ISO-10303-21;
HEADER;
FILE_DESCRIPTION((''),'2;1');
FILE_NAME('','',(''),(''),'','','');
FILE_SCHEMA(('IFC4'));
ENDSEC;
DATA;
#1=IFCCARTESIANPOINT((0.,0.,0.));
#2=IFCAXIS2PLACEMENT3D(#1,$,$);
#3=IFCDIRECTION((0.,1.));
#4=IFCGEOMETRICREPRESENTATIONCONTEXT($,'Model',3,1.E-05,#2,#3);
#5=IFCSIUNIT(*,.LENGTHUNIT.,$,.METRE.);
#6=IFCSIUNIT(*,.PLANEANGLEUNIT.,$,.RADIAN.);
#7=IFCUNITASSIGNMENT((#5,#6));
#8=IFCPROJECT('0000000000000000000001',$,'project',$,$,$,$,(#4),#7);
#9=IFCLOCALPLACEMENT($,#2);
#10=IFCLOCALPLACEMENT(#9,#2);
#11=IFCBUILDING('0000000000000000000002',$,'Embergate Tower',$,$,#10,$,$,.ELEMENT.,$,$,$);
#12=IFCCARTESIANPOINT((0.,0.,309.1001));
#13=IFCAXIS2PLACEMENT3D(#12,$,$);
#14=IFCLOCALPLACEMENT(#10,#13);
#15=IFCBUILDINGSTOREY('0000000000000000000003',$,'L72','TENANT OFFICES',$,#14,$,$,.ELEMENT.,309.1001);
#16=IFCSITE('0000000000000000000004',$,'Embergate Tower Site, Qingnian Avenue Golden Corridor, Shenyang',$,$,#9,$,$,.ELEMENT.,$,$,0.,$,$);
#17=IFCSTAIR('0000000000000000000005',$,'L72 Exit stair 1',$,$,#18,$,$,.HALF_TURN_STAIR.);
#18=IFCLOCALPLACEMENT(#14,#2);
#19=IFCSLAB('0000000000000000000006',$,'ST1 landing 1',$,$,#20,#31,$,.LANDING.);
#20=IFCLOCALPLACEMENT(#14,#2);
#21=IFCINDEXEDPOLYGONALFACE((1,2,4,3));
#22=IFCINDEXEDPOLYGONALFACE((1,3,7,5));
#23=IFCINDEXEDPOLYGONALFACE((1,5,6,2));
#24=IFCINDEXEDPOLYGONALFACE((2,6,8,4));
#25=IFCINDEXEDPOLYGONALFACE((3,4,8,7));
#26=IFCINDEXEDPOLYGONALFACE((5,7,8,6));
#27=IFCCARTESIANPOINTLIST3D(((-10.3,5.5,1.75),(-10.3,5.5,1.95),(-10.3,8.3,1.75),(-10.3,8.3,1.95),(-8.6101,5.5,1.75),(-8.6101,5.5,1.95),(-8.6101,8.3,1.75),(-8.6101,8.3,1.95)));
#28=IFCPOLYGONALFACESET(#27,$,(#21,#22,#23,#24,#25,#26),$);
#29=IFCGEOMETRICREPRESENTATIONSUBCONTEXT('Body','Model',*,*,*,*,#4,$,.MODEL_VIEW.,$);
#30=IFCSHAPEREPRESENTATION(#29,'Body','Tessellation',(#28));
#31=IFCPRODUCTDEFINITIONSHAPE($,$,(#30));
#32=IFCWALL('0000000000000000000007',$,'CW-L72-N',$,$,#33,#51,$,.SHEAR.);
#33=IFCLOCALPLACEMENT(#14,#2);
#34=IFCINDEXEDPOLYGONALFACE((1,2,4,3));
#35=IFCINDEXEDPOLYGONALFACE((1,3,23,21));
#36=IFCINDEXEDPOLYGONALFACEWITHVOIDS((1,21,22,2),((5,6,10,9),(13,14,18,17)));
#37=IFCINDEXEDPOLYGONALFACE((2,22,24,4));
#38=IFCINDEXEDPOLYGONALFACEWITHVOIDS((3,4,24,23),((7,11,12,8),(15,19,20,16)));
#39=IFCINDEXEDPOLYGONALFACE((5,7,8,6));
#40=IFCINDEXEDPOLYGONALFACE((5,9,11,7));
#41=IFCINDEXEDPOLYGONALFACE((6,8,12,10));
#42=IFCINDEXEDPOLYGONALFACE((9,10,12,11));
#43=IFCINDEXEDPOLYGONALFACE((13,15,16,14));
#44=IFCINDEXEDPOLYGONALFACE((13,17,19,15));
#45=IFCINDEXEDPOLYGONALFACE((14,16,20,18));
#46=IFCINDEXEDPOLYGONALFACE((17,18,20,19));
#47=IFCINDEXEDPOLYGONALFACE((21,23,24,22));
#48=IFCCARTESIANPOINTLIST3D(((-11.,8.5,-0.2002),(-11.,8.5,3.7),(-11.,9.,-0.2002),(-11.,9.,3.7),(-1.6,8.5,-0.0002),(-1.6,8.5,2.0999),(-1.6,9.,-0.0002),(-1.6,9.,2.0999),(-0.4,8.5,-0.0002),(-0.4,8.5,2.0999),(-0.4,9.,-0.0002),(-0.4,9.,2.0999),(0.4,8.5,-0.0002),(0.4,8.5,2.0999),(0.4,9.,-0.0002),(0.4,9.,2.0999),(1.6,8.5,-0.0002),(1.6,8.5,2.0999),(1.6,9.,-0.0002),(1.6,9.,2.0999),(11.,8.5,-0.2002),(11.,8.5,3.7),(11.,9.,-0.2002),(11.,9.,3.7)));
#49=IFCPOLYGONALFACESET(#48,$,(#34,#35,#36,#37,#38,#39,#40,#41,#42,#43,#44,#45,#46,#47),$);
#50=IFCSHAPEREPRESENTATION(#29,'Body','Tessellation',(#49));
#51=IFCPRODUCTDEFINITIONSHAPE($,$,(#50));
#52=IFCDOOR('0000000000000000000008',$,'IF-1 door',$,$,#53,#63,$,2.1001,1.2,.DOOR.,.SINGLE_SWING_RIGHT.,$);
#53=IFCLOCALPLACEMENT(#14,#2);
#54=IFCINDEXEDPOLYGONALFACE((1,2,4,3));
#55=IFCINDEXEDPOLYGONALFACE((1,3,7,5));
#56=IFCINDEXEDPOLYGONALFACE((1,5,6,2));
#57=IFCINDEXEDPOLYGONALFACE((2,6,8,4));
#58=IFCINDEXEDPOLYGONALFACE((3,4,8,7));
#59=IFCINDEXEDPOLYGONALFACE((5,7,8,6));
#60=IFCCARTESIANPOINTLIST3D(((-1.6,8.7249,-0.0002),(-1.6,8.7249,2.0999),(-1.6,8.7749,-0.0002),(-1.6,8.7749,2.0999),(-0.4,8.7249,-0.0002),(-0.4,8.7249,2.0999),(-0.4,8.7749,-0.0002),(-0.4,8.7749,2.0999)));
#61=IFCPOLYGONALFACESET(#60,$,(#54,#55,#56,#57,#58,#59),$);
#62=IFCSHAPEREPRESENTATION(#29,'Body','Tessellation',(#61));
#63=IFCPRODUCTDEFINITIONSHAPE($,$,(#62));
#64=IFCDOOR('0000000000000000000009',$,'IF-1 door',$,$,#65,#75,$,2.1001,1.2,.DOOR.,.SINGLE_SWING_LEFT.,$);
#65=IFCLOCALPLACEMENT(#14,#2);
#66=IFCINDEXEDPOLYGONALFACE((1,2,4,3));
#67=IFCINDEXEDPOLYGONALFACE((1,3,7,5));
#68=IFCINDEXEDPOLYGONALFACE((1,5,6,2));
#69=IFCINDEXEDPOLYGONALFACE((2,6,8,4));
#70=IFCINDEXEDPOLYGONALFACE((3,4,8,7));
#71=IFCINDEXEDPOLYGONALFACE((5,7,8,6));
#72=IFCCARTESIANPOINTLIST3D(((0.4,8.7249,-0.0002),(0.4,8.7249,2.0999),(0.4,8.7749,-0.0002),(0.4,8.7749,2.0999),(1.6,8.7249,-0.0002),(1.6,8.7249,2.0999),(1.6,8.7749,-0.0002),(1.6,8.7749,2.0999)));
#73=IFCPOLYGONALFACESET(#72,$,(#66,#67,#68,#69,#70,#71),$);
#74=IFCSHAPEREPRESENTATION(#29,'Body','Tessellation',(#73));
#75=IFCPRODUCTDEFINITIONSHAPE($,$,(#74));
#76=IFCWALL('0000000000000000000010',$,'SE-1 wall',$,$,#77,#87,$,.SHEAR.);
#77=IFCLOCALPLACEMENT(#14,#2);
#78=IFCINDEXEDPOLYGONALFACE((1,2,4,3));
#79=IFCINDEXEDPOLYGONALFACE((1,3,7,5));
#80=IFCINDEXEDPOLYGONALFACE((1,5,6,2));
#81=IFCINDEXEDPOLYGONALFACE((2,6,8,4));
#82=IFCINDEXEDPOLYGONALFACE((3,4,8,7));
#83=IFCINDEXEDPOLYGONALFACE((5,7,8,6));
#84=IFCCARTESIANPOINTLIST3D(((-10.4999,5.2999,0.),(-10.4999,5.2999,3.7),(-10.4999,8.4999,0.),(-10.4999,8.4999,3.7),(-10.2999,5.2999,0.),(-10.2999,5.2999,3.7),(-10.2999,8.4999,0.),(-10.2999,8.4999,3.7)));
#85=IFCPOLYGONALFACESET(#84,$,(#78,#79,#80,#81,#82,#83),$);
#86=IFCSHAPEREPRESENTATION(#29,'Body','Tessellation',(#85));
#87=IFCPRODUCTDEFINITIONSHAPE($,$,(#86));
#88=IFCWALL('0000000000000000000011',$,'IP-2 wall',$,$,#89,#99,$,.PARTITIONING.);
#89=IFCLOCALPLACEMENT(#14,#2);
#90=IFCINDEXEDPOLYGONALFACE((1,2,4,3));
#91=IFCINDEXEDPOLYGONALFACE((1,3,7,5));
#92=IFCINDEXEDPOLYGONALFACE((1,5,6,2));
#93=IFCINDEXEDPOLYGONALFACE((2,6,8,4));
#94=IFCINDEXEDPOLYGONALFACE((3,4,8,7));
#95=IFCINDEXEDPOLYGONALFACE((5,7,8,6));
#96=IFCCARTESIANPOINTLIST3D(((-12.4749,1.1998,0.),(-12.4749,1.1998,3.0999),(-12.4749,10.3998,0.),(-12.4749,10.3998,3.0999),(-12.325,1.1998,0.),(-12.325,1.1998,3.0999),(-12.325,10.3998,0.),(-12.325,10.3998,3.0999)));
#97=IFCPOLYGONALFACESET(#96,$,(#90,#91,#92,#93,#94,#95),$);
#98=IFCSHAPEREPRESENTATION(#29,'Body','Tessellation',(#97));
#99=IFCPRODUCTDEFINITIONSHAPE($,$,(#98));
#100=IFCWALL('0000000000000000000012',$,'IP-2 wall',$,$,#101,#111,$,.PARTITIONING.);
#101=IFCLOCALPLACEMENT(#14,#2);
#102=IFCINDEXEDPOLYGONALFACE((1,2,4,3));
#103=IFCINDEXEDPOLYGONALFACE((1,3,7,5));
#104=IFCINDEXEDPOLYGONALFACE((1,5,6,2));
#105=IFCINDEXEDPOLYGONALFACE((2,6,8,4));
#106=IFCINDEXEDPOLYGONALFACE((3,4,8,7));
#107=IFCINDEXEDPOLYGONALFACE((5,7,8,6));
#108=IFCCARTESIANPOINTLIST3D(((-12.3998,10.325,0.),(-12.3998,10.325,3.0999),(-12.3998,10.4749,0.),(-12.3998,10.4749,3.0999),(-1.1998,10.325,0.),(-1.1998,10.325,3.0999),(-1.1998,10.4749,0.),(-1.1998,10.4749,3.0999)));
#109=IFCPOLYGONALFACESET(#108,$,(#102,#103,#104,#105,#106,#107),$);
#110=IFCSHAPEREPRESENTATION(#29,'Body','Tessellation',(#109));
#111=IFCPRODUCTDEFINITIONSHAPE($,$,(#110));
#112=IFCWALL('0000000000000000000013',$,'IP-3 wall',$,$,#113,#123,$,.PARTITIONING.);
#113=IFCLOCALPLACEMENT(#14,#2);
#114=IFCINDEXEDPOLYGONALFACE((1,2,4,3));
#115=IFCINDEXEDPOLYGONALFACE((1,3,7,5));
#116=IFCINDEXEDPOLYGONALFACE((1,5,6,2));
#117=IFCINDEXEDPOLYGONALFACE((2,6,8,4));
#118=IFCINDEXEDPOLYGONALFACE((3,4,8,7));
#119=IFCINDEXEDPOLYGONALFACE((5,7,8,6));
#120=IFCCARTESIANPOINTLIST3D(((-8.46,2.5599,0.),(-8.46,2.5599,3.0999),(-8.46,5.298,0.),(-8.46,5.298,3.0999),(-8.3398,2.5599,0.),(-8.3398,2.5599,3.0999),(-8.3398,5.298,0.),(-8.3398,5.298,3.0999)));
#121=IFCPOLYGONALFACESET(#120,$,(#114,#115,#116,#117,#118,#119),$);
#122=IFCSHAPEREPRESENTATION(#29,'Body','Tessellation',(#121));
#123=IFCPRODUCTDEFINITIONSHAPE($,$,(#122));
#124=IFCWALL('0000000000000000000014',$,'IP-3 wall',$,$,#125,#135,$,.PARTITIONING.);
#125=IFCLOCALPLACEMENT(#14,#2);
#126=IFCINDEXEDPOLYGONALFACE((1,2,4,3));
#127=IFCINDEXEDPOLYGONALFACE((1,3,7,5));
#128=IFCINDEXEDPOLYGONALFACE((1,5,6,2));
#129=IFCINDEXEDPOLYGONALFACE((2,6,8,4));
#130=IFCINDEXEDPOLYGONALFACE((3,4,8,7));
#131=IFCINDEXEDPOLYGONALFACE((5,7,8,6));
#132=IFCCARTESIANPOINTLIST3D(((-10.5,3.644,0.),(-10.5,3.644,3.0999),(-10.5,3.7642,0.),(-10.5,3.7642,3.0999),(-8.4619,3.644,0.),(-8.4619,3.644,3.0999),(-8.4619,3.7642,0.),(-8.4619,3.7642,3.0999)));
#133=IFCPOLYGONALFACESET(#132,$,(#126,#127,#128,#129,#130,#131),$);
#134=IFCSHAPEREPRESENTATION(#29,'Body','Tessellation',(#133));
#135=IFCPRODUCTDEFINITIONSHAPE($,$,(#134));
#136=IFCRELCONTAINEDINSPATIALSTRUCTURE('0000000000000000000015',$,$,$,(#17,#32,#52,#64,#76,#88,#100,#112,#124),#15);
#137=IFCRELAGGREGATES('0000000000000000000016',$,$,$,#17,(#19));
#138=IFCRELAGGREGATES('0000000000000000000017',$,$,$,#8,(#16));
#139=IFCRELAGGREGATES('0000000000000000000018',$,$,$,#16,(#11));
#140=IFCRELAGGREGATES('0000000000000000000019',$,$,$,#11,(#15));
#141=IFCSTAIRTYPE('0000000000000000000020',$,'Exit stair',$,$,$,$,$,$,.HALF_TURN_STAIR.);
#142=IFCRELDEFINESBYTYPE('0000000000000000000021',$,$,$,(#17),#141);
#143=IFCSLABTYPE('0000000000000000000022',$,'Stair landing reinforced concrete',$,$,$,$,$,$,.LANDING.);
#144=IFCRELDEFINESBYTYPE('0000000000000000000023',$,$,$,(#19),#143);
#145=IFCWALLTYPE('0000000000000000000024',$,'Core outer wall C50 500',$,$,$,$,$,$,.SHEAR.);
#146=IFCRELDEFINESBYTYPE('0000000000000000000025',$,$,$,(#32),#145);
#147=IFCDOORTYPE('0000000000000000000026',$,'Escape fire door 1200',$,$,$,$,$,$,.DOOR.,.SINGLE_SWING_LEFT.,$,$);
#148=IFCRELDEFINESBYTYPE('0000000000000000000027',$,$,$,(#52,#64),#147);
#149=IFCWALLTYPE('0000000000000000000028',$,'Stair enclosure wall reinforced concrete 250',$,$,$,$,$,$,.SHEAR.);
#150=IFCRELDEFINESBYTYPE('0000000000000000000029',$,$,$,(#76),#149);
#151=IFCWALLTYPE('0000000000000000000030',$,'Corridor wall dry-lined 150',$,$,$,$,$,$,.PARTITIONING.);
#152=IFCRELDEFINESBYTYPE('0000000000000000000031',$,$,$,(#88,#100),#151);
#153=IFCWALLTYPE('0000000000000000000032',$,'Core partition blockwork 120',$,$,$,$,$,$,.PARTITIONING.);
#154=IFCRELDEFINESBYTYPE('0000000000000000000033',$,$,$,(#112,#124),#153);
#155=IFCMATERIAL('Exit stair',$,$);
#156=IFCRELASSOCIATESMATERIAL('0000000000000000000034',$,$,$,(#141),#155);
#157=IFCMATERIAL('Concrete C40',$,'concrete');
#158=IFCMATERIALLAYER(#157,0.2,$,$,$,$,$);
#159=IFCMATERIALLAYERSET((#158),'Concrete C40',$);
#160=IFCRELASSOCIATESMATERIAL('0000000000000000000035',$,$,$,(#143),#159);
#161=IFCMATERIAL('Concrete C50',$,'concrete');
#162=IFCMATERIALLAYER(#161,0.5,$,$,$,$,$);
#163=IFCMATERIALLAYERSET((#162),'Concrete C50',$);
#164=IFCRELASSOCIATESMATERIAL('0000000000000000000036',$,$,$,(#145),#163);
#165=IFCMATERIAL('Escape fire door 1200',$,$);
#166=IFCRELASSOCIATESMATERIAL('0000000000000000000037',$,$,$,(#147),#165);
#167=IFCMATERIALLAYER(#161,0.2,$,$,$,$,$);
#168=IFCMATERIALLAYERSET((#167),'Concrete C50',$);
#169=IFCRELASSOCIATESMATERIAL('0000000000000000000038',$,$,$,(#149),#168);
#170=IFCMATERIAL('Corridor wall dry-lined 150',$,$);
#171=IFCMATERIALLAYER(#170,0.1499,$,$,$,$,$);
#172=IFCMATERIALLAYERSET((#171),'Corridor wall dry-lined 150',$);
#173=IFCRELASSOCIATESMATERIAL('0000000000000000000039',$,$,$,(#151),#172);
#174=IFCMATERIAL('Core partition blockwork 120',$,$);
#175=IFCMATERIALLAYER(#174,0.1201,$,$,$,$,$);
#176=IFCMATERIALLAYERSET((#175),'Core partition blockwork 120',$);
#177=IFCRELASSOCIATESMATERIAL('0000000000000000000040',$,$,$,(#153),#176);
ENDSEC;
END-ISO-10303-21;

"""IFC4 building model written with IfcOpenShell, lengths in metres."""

from ifc_helpers import new_model, si_unit, direction, frame, frame_2d, origin, place, context, subcontext, project, spatial, polyline, rectangle, outline, extrude, source, transform, mapped, material, layer, layer_set, type_object, element, fill, aggregate, save


model = new_model("IFC4")

# Units and contexts
model_context = context("Model", 3, precision=1e-05, world=origin(), true_north=direction((0.0, 1.0)))
body_context = subcontext(model_context, "Body", "Model", "MODEL_VIEW")
ifc_project = project(units=[si_unit("LENGTHUNIT", "METRE"), si_unit("PLANEANGLEUNIT", "RADIAN")], contexts=[model_context])

# Site, building, storey
site_placement = place(None, origin())
site = spatial("IfcSite", under=ifc_project, at=site_placement, Name="Embergate Tower Site, Qingnian Avenue Golden Corridor, Shenyang", CompositionType="ELEMENT", RefElevation=0.0)
building_placement = place(site_placement, origin())
building = spatial("IfcBuilding", under=site, at=building_placement, Name="Embergate Tower", CompositionType="ELEMENT")
storey_placement = place(building_placement, frame((0.0, 0.0, 309.1001)))
storey = spatial("IfcBuildingStorey", under=building, at=storey_placement, Name="L72", Description="TENANT OFFICES", CompositionType="ELEMENT", Elevation=309.1001)

# Stair, slab
ifc_material_1 = material(Name="Exit stair")
stair_type = type_object("IfcStairType", Name="Exit stair", PredefinedType="HALF_TURN_STAIR", material=ifc_material_1)
stair_placement = place(storey_placement, origin())
stair = element("IfcStair", 1, at=stair_placement, inside=storey, type_object=stair_type, Name="L72 Exit stair 1", PredefinedType="HALF_TURN_STAIR")
ifc_material_2 = material(Name="Concrete C40", Category="concrete")
ifc_layer_1 = layer(ifc_material_2, 0.2)
ifc_layer_set_1 = layer_set([ifc_layer_1], Name="Concrete C40")
slab_type = type_object("IfcSlabType", Name="Stair landing reinforced concrete", PredefinedType="LANDING", material=ifc_layer_set_1)
shared_shape_1 = source(origin(), body_context, "Body", "SweptSolid", [
    extrude(outline(polyline([(0.0, 0.0), (1.6899, 0.0), (1.6899, 2.8), (0.0, 2.8), (0.0, 0.0)])), origin(), (0.0, 0.0, 1.0), 0.2),
])
slab_placement = place(storey_placement, frame((-10.3, 5.5, 1.75)))
slab = element("IfcSlab", 2, at=slab_placement, type_object=slab_type, Name="ST1 landing 1", PredefinedType="LANDING", context=body_context, shape_type="MappedRepresentation", body=[
    mapped(shared_shape_1, transform((0.0, 0.0, 0.0))),
])

# Wall, openings, doors
ifc_material_3 = material(Name="Concrete C50", Category="concrete")
ifc_layer_2 = layer(ifc_material_3, 0.5)
ifc_layer_set_2 = layer_set([ifc_layer_2], Name="Concrete C50")
wall_type_1 = type_object("IfcWallType", Name="Core outer wall C50 500", PredefinedType="SHEAR", material=ifc_layer_set_2)
shared_shape_2 = source(origin(), body_context, "Body", "SweptSolid", [
    extrude(rectangle(XDim=22.0, YDim=0.5, at=frame_2d((11.0, 0.0))), origin(), (0.0, 0.0, 1.0), 3.9001),
])
wall_1_placement = place(storey_placement, frame((-11.0, 8.75, -0.2002), z_axis=(0.0, 0.0, 1.0), x_axis=(1.0, 0.0, 0.0)))
wall_1 = element("IfcWall", 3, at=wall_1_placement, inside=storey, type_object=wall_type_1, Name="CW-L72-N", PredefinedType="SHEAR", context=body_context, shape_type="MappedRepresentation", body=[
    mapped(shared_shape_2, transform((0.0, 0.0, 0.0))),
])
shared_shape_3 = source(origin(), body_context, "Body", "SweptSolid", [
    extrude(rectangle(XDim=1.2, YDim=2.1001, at=frame_2d((0.6001, 1.05))), frame((0.0, 0.26, 0.0), z_axis=(0.0, -1.0, 0.0), x_axis=(1.0, 0.0, 0.0)), (0.0, 0.0, 1.0), 0.52),
])
opening_1_placement = place(wall_1_placement, frame((9.3999, 0.0, 0.2)))
opening_1 = element("IfcOpeningElement", 4, at=opening_1_placement, cuts=wall_1, PredefinedType="OPENING", context=body_context, shape_type="MappedRepresentation", body=[
    mapped(shared_shape_3, transform((0.0, 0.0, 0.0))),
])
opening_2_placement = place(wall_1_placement, frame((11.3999, 0.0, 0.2)))
opening_2 = element("IfcOpeningElement", 5, at=opening_2_placement, cuts=wall_1, PredefinedType="OPENING", context=body_context, shape_type="MappedRepresentation", body=[
    mapped(shared_shape_3, transform((0.0, 0.0, 0.0))),
])
ifc_material_4 = material(Name="Escape fire door 1200")
door_type_1 = type_object("IfcDoorType", Name="Escape fire door 1200", OperationType="SINGLE_SWING_LEFT", PredefinedType="DOOR", material=ifc_material_4)
shared_shape_4 = source(origin(), body_context, "Body", "SweptSolid", [
    extrude(rectangle(XDim=1.2, YDim=2.1001, at=frame_2d((0.6001, 1.05))), frame((0.0, 0.0249, 0.0), z_axis=(0.0, -1.0, 0.0), x_axis=(1.0, 0.0, 0.0)), (0.0, 0.0, 1.0), 0.05),
])
door_1_placement = place(opening_1_placement, origin())
door_1 = element("IfcDoor", 6, at=door_1_placement, inside=storey, type_object=door_type_1, Name="IF-1 door", OperationType="SINGLE_SWING_RIGHT", OverallHeight=2.1001, OverallWidth=1.2, PredefinedType="DOOR", context=body_context, shape_type="MappedRepresentation", body=[
    mapped(shared_shape_4, transform((0.0, 0.0, 0.0))),
])
fill(opening_1, door_1)
door_2_placement = place(opening_2_placement, origin())
door_2 = element("IfcDoor", 7, at=door_2_placement, inside=storey, type_object=door_type_1, Name="IF-1 door", OperationType="SINGLE_SWING_LEFT", OverallHeight=2.1001, OverallWidth=1.2, PredefinedType="DOOR", context=body_context, shape_type="MappedRepresentation", body=[
    mapped(shared_shape_4, transform((0.0, 0.0, 0.0))),
])
fill(opening_2, door_2)

# Walls
ifc_layer_3 = layer(ifc_material_3, 0.2)
ifc_layer_set_3 = layer_set([ifc_layer_3], Name="Concrete C50")
wall_type_2 = type_object("IfcWallType", Name="Stair enclosure wall reinforced concrete 250", PredefinedType="SHEAR", material=ifc_layer_set_3)
shared_shape_5 = source(origin(), body_context, "Body", "SweptSolid", [
    extrude(rectangle(XDim=3.2, YDim=0.2, at=frame_2d((1.6001, 0.0))), origin(), (0.0, 0.0, 1.0), 3.7),
])
wall_2_placement = place(storey_placement, frame((-10.3999, 8.5, 0.0), z_axis=(0.0, 0.0, 1.0), x_axis=(0.0, -1.0, 0.0)))
element("IfcWall", 8, at=wall_2_placement, inside=storey, type_object=wall_type_2, Name="SE-1 wall", PredefinedType="SHEAR", context=body_context, shape_type="MappedRepresentation", body=[
    mapped(shared_shape_5, transform((0.0, 0.0, 0.0))),
])
ifc_material_5 = material(Name="Corridor wall dry-lined 150")
ifc_layer_4 = layer(ifc_material_5, 0.1499)
ifc_layer_set_4 = layer_set([ifc_layer_4], Name="Corridor wall dry-lined 150")
wall_type_3 = type_object("IfcWallType", Name="Corridor wall dry-lined 150", PredefinedType="PARTITIONING", material=ifc_layer_set_4)
shared_shape_6 = source(origin(), body_context, "Body", "SweptSolid", [
    extrude(rectangle(XDim=9.2, YDim=0.1499, at=frame_2d((4.6001, 0.0))), origin(), (0.0, 0.0, 1.0), 3.0999),
])
wall_3_placement = place(storey_placement, frame((-12.3999, 10.3999, 0.0), z_axis=(0.0, 0.0, 1.0), x_axis=(0.0, -1.0, 0.0)))
element("IfcWall", 9, at=wall_3_placement, inside=storey, type_object=wall_type_3, Name="IP-2 wall", PredefinedType="PARTITIONING", context=body_context, shape_type="MappedRepresentation", body=[
    mapped(shared_shape_6, transform((0.0, 0.0, 0.0))),
])
shared_shape_7 = source(origin(), body_context, "Body", "SweptSolid", [
    extrude(rectangle(XDim=11.2, YDim=0.1499, at=frame_2d((5.6001, 0.0))), origin(), (0.0, 0.0, 1.0), 3.0999),
])
wall_4_placement = place(storey_placement, frame((-12.3999, 10.3999, 0.0), z_axis=(0.0, 0.0, 1.0), x_axis=(1.0, 0.0, 0.0)))
element("IfcWall", 10, at=wall_4_placement, inside=storey, type_object=wall_type_3, Name="IP-2 wall", PredefinedType="PARTITIONING", context=body_context, shape_type="MappedRepresentation", body=[
    mapped(shared_shape_7, transform((0.0, 0.0, 0.0))),
])
ifc_material_6 = material(Name="Core partition blockwork 120")
ifc_layer_5 = layer(ifc_material_6, 0.1201)
ifc_layer_set_5 = layer_set([ifc_layer_5], Name="Core partition blockwork 120")
wall_type_4 = type_object("IfcWallType", Name="Core partition blockwork 120", PredefinedType="PARTITIONING", material=ifc_layer_set_5)
shared_shape_8 = source(origin(), body_context, "Body", "SweptSolid", [
    extrude(rectangle(XDim=2.738, YDim=0.1201, at=frame_2d((1.3691, 0.0))), origin(), (0.0, 0.0, 1.0), 3.0999),
])
wall_5_placement = place(storey_placement, frame((-8.3999, 5.2981, 0.0), z_axis=(0.0, 0.0, 1.0), x_axis=(0.0, -1.0, 0.0)))
element("IfcWall", 11, at=wall_5_placement, inside=storey, type_object=wall_type_4, Name="IP-3 wall", PredefinedType="PARTITIONING", context=body_context, shape_type="MappedRepresentation", body=[
    mapped(shared_shape_8, transform((0.0, 0.0, 0.0))),
])
shared_shape_9 = source(origin(), body_context, "Body", "SweptSolid", [
    extrude(rectangle(XDim=2.0381, YDim=0.1201, at=frame_2d((1.019, 0.0))), origin(), (0.0, 0.0, 1.0), 3.0999),
])
wall_6_placement = place(storey_placement, frame((-8.4619, 3.7041, 0.0), z_axis=(0.0, 0.0, 1.0), x_axis=(-1.0, 0.0, 0.0)))
element("IfcWall", 12, at=wall_6_placement, inside=storey, type_object=wall_type_4, Name="IP-3 wall", PredefinedType="PARTITIONING", context=body_context, shape_type="MappedRepresentation", body=[
    mapped(shared_shape_9, transform((0.0, 0.0, 0.0))),
])

aggregate(stair, [slab])

save(model, "model.ifc")
